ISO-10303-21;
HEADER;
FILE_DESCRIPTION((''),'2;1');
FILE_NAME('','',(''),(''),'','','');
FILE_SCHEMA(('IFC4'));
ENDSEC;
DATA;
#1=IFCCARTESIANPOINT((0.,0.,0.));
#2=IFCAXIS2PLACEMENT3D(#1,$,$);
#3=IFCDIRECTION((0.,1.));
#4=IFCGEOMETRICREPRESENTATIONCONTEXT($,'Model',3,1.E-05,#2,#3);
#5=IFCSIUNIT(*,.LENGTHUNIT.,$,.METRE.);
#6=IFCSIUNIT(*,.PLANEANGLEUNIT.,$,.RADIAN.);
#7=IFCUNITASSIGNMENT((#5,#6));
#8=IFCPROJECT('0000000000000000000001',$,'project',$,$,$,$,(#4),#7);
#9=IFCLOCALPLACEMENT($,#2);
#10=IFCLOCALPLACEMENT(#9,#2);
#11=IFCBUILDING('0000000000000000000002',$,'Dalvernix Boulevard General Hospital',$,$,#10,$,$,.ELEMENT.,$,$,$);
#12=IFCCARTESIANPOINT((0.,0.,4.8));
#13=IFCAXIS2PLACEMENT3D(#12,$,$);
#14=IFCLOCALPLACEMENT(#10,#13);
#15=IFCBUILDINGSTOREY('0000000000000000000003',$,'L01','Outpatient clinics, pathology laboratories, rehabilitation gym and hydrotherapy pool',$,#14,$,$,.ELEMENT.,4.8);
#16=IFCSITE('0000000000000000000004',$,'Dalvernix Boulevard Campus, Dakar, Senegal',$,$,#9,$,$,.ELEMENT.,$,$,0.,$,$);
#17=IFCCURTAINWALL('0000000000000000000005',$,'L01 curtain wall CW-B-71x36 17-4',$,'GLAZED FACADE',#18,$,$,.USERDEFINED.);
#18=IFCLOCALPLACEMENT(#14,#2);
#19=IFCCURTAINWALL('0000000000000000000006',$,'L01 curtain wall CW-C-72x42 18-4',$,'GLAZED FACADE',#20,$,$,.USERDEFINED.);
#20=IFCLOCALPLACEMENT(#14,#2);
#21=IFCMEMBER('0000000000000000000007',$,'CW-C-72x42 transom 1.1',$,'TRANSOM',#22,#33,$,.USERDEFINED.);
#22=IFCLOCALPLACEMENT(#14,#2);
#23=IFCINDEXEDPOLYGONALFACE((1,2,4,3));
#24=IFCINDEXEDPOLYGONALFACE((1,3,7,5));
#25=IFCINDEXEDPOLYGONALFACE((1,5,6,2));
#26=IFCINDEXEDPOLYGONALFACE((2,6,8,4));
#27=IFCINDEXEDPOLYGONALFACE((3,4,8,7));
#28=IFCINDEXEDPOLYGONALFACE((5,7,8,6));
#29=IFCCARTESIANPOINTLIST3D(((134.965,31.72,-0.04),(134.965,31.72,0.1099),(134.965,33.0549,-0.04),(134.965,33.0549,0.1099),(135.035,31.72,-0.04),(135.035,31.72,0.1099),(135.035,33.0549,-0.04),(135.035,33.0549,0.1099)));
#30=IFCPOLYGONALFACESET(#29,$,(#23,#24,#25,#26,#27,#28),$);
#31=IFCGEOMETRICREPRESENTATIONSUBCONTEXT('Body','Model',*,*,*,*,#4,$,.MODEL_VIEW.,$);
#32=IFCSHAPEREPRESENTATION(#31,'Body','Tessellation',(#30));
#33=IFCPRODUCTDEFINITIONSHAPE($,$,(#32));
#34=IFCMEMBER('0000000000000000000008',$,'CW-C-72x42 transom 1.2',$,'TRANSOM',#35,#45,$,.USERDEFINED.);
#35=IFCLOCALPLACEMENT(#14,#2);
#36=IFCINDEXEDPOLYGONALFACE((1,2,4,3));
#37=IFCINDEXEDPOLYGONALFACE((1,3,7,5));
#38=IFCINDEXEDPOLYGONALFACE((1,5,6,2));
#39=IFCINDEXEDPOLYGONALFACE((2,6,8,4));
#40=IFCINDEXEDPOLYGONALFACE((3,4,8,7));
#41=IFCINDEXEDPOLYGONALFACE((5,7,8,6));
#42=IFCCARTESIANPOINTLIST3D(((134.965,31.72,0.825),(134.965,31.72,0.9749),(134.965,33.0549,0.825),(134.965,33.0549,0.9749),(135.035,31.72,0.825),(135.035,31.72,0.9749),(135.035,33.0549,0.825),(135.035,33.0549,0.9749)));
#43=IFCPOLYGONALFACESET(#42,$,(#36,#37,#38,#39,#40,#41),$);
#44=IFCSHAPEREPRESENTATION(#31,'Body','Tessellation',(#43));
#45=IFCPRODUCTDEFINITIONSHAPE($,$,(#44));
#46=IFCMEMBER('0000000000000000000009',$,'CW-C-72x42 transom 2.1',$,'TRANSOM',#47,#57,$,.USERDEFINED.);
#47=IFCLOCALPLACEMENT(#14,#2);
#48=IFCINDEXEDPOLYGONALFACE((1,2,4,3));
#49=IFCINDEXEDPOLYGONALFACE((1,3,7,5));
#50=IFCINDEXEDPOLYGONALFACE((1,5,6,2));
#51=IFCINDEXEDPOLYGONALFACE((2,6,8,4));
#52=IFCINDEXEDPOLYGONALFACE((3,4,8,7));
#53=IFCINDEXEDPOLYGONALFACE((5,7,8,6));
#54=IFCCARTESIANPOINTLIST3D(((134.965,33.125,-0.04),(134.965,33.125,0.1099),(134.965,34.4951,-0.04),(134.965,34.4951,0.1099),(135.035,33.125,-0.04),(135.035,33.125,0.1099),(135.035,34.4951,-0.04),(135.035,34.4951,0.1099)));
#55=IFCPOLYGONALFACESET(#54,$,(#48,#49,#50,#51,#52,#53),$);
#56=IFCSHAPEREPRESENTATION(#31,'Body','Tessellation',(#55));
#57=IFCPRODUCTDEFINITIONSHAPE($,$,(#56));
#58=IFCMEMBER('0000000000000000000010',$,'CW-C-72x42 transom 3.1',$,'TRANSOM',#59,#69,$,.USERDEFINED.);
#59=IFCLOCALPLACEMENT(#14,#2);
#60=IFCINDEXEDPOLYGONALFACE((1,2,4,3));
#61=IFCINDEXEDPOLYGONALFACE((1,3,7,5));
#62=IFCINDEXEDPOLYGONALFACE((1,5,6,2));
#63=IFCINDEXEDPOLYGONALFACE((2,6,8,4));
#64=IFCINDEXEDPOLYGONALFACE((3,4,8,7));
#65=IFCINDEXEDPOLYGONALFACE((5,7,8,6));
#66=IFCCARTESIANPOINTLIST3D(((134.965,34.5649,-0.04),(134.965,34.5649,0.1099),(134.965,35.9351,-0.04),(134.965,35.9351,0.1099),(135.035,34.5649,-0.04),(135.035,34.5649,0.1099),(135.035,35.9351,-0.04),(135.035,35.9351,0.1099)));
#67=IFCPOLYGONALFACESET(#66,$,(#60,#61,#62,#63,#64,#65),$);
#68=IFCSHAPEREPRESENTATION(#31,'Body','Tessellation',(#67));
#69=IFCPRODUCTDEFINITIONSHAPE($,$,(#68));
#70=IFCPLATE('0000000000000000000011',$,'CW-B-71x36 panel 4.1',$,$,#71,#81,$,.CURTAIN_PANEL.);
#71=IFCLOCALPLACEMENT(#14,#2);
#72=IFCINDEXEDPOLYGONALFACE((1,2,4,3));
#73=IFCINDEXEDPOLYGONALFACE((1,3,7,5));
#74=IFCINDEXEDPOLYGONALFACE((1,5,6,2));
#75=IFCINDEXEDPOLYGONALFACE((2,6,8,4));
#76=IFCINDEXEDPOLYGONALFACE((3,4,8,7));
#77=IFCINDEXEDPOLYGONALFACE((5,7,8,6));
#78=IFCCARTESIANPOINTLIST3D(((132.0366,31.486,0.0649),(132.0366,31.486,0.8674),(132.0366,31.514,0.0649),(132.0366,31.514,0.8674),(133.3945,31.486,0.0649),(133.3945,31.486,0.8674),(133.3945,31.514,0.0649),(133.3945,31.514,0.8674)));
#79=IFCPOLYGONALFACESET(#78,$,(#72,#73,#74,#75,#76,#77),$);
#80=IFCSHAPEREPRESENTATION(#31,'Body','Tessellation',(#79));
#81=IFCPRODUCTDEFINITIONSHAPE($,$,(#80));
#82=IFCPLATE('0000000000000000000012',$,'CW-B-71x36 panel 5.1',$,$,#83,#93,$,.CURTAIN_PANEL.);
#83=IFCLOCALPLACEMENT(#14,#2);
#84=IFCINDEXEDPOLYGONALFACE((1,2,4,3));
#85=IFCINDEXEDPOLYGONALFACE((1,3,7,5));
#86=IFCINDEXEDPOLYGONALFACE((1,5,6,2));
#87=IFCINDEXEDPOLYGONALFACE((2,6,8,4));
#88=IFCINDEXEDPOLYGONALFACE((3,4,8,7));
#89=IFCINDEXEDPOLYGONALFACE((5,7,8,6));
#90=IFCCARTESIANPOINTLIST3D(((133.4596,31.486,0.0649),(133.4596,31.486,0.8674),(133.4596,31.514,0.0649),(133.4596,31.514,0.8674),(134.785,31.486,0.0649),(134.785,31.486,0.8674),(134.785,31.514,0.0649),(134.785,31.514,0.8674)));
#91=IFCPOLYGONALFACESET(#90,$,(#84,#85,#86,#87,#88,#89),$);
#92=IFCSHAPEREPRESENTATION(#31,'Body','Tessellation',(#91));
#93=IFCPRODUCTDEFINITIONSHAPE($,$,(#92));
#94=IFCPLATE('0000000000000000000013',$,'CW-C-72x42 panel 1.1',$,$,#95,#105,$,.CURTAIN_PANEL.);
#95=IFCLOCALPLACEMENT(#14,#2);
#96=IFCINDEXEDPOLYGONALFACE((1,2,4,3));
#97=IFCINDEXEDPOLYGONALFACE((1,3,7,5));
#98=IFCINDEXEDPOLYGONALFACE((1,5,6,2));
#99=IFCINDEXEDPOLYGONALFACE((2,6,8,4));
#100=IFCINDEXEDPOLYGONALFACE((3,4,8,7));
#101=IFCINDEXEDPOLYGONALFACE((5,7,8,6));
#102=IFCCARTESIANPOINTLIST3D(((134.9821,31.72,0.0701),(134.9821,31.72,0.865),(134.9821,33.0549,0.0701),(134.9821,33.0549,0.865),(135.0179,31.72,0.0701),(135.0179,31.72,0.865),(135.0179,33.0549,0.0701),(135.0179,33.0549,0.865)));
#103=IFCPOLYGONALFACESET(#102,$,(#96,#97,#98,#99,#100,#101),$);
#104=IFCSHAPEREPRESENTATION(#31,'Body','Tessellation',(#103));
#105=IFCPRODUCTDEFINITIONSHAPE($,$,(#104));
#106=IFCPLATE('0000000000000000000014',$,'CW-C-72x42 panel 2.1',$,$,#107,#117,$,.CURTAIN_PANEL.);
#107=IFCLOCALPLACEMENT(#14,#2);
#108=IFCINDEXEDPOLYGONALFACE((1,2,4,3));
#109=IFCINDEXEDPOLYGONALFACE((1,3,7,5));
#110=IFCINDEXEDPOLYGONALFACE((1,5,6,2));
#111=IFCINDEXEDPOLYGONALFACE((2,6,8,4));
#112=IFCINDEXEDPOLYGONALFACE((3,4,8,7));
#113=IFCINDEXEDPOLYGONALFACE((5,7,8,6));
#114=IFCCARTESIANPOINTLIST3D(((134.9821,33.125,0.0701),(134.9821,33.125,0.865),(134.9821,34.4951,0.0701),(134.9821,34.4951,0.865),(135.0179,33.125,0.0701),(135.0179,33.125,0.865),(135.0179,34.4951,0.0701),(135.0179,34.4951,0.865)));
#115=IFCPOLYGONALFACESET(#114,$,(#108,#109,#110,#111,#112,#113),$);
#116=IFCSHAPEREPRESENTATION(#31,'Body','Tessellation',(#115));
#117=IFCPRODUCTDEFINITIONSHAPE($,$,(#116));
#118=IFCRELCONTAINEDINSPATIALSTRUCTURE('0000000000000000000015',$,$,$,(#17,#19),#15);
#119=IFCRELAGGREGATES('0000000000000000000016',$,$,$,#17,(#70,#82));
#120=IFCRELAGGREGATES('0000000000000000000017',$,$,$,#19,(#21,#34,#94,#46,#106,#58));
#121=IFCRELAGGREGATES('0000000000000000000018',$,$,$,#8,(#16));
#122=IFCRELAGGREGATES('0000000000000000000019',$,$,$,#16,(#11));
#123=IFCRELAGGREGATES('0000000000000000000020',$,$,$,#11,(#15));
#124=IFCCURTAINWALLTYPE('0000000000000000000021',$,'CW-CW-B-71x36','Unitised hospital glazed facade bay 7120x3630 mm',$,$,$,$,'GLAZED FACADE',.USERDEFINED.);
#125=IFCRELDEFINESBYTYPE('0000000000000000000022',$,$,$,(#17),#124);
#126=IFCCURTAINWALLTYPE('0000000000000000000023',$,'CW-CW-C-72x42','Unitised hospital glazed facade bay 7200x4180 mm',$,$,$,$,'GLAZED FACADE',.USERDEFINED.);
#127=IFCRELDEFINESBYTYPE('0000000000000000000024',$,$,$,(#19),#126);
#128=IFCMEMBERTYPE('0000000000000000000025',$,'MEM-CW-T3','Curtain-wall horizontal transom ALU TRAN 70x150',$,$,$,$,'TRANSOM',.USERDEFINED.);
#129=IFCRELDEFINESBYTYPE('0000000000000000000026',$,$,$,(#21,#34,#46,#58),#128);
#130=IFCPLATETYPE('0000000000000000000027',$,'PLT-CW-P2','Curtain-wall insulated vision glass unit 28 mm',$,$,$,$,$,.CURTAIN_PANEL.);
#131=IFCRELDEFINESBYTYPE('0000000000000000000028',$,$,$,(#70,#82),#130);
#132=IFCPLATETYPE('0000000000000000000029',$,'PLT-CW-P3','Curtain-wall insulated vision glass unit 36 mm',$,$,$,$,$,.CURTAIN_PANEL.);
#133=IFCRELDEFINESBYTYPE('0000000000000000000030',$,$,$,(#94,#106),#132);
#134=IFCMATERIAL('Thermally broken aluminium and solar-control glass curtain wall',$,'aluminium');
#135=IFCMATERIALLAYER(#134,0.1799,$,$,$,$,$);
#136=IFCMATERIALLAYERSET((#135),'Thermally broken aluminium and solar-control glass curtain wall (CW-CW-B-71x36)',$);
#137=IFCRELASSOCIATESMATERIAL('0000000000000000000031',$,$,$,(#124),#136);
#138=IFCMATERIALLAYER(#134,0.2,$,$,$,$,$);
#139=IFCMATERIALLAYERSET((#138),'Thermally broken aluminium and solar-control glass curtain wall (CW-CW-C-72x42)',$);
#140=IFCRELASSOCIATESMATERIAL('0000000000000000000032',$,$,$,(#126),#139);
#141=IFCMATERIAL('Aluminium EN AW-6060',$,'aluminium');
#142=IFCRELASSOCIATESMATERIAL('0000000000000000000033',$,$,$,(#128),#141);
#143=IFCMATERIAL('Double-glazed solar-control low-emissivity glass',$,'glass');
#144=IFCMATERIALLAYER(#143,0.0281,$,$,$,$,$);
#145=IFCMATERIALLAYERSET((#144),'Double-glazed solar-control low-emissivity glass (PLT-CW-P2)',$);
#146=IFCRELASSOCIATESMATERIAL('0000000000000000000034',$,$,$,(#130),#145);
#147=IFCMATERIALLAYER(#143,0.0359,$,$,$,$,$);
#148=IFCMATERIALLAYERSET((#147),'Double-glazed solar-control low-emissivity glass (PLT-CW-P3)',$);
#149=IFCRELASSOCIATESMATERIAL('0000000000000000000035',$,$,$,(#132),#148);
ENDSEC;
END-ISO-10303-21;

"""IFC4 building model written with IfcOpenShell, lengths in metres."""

from ifc_helpers import new_model, si_unit, direction, frame, origin, origin_2d, place, context, subcontext, project, spatial, rectangle, extrude, material, layer, layer_set, material_profile, profile_set, type_object, element, aggregate, save


model = new_model("IFC4")

# Units and contexts
model_context = context("Model", 3, precision=1e-05, world=origin(), true_north=direction((0.0, 1.0)))
body_context = subcontext(model_context, "Body", "Model", "MODEL_VIEW")
ifc_project = project(units=[si_unit("LENGTHUNIT", "METRE"), si_unit("PLANEANGLEUNIT", "RADIAN")], contexts=[model_context])

# Site, building, storey
site_placement = place(None, origin())
site = spatial("IfcSite", under=ifc_project, at=site_placement, Name="Dalvernix Boulevard Campus, Dakar, Senegal", CompositionType="ELEMENT", RefElevation=0.0)
building_placement = place(site_placement, origin())
building = spatial("IfcBuilding", under=site, at=building_placement, Name="Dalvernix Boulevard General Hospital", CompositionType="ELEMENT")
storey_placement = place(building_placement, frame((0.0, 0.0, 4.8)))
storey = spatial("IfcBuildingStorey", under=building, at=storey_placement, Name="L01", Description="Outpatient clinics, pathology laboratories, rehabilitation gym and hydrotherapy pool", CompositionType="ELEMENT", Elevation=4.8)

# Curtain walls
ifc_material_1 = material(Name="Thermally broken aluminium and solar-control glass curtain wall", Category="aluminium")
ifc_layer_1 = layer(ifc_material_1, 0.1799)
ifc_layer_set_1 = layer_set([ifc_layer_1], Name="Thermally broken aluminium and solar-control glass curtain wall (CW-CW-B-71x36)")
curtain_wall_type_1 = type_object("IfcCurtainWallType", Name="CW-CW-B-71x36", Description="Unitised hospital glazed facade bay 7120x3630 mm", ElementType="GLAZED FACADE", PredefinedType="USERDEFINED", material=ifc_layer_set_1)
curtain_wall_1_placement = place(storey_placement, origin())
curtain_wall_1 = element("IfcCurtainWall", 1, at=curtain_wall_1_placement, inside=storey, type_object=curtain_wall_type_1, Name="L01 curtain wall CW-B-71x36 17-4", ObjectType="GLAZED FACADE", PredefinedType="USERDEFINED")
ifc_material_2 = material(Name="Aluminium EN AW-6060", Category="aluminium")
ifc_layer_2 = layer(ifc_material_1, 0.2)
ifc_layer_set_2 = layer_set([ifc_layer_2], Name="Thermally broken aluminium and solar-control glass curtain wall (CW-CW-C-72x42)")
curtain_wall_type_2 = type_object("IfcCurtainWallType", Name="CW-CW-C-72x42", Description="Unitised hospital glazed facade bay 7200x4180 mm", ElementType="GLAZED FACADE", PredefinedType="USERDEFINED", material=ifc_layer_set_2)
curtain_wall_2_placement = place(storey_placement, origin())
curtain_wall_2 = element("IfcCurtainWall", 2, at=curtain_wall_2_placement, inside=storey, type_object=curtain_wall_type_2, Name="L01 curtain wall CW-C-72x42 18-4", ObjectType="GLAZED FACADE", PredefinedType="USERDEFINED")

# Members
ifc_material_profile_1 = material_profile(ifc_material_2, rectangle(XDim=0.0701, YDim=0.1499, at=origin_2d()), Name="ALU TRAN 70x150")
ifc_profile_set_1 = profile_set([ifc_material_profile_1], Name="Aluminium EN AW-6060")
member_type_1 = type_object("IfcMemberType", Name="MEM-CW-T3", Description="Curtain-wall horizontal transom ALU TRAN 70x150", ElementType="TRANSOM", PredefinedType="USERDEFINED", material=ifc_profile_set_1)
member_1_placement = place(storey_placement, frame((135.0, 31.72, 0.0349), z_axis=(0.0, 1.0, 0.0), x_axis=(-1.0, 0.0, 0.0)))
member_1 = element("IfcMember", 3, at=member_1_placement, type_object=member_type_1, Name="CW-C-72x42 transom 1.1", ObjectType="TRANSOM", PredefinedType="USERDEFINED", context=body_context, shape_type="SweptSolid", body=[
    extrude(rectangle(XDim=0.0701, YDim=0.1499, at=origin_2d()), origin(), (0.0, 0.0, 1.0), 1.335),
])
member_2_placement = place(storey_placement, frame((135.0, 31.72, 0.8999), z_axis=(0.0, 1.0, 0.0), x_axis=(-1.0, 0.0, 0.0)))
member_2 = element("IfcMember", 4, at=member_2_placement, type_object=member_type_1, Name="CW-C-72x42 transom 1.2", ObjectType="TRANSOM", PredefinedType="USERDEFINED", context=body_context, shape_type="SweptSolid", body=[
    extrude(rectangle(XDim=0.0701, YDim=0.1499, at=origin_2d()), origin(), (0.0, 0.0, 1.0), 1.335),
])
member_3_placement = place(storey_placement, frame((135.0, 33.125, 0.0349), z_axis=(0.0, 1.0, 0.0), x_axis=(-1.0, 0.0, 0.0)))
member_3 = element("IfcMember", 5, at=member_3_placement, type_object=member_type_1, Name="CW-C-72x42 transom 2.1", ObjectType="TRANSOM", PredefinedType="USERDEFINED", context=body_context, shape_type="SweptSolid", body=[
    extrude(rectangle(XDim=0.0701, YDim=0.1499, at=origin_2d()), origin(), (0.0, 0.0, 1.0), 1.3701),
])
member_4_placement = place(storey_placement, frame((135.0, 34.5649, 0.0349), z_axis=(0.0, 1.0, 0.0), x_axis=(-1.0, 0.0, 0.0)))
member_4 = element("IfcMember", 6, at=member_4_placement, type_object=member_type_1, Name="CW-C-72x42 transom 3.1", ObjectType="TRANSOM", PredefinedType="USERDEFINED", context=body_context, shape_type="SweptSolid", body=[
    extrude(rectangle(XDim=0.0701, YDim=0.1499, at=origin_2d()), origin(), (0.0, 0.0, 1.0), 1.3701),
])

# Plates
ifc_material_3 = material(Name="Double-glazed solar-control low-emissivity glass", Category="glass")
ifc_layer_3 = layer(ifc_material_3, 0.0281)
ifc_layer_set_3 = layer_set([ifc_layer_3], Name="Double-glazed solar-control low-emissivity glass (PLT-CW-P2)")
plate_type_1 = type_object("IfcPlateType", Name="PLT-CW-P2", Description="Curtain-wall insulated vision glass unit 28 mm", PredefinedType="CURTAIN_PANEL", material=ifc_layer_set_3)
plate_1_placement = place(storey_placement, frame((132.7156, 31.5, 0.0649), z_axis=(0.0, 0.0, 1.0), x_axis=(1.0, 0.0, 0.0)))
plate_1 = element("IfcPlate", 7, at=plate_1_placement, type_object=plate_type_1, Name="CW-B-71x36 panel 4.1", PredefinedType="CURTAIN_PANEL", context=body_context, shape_type="SweptSolid", body=[
    extrude(rectangle(XDim=1.3579, YDim=0.0281, at=origin_2d()), origin(), (0.0, 0.0, 1.0), 0.8025),
])
plate_2_placement = place(storey_placement, frame((134.1223, 31.5, 0.0649), z_axis=(0.0, 0.0, 1.0), x_axis=(1.0, 0.0, 0.0)))
plate_2 = element("IfcPlate", 8, at=plate_2_placement, type_object=plate_type_1, Name="CW-B-71x36 panel 5.1", PredefinedType="CURTAIN_PANEL", context=body_context, shape_type="SweptSolid", body=[
    extrude(rectangle(XDim=1.3254, YDim=0.0281, at=origin_2d()), origin(), (0.0, 0.0, 1.0), 0.8025),
])
aggregate(curtain_wall_1, [plate_1, plate_2])
ifc_layer_4 = layer(ifc_material_3, 0.0359)
ifc_layer_set_4 = layer_set([ifc_layer_4], Name="Double-glazed solar-control low-emissivity glass (PLT-CW-P3)")
plate_type_2 = type_object("IfcPlateType", Name="PLT-CW-P3", Description="Curtain-wall insulated vision glass unit 36 mm", PredefinedType="CURTAIN_PANEL", material=ifc_layer_set_4)
plate_3_placement = place(storey_placement, frame((135.0, 32.3875, 0.0701), z_axis=(0.0, 0.0, 1.0), x_axis=(0.0, 1.0, 0.0)))
plate_3 = element("IfcPlate", 9, at=plate_3_placement, type_object=plate_type_2, Name="CW-C-72x42 panel 1.1", PredefinedType="CURTAIN_PANEL", context=body_context, shape_type="SweptSolid", body=[
    extrude(rectangle(XDim=1.335, YDim=0.0359, at=origin_2d()), origin(), (0.0, 0.0, 1.0), 0.7949),
])
plate_4_placement = place(storey_placement, frame((135.0, 33.8101, 0.0701), z_axis=(0.0, 0.0, 1.0), x_axis=(0.0, 1.0, 0.0)))
plate_4 = element("IfcPlate", 10, at=plate_4_placement, type_object=plate_type_2, Name="CW-C-72x42 panel 2.1", PredefinedType="CURTAIN_PANEL", context=body_context, shape_type="SweptSolid", body=[
    extrude(rectangle(XDim=1.3701, YDim=0.0359, at=origin_2d()), origin(), (0.0, 0.0, 1.0), 0.7949),
])
aggregate(curtain_wall_2, [member_1, member_2, plate_3, member_3, plate_4, member_4])

save(model, "model.ifc")
